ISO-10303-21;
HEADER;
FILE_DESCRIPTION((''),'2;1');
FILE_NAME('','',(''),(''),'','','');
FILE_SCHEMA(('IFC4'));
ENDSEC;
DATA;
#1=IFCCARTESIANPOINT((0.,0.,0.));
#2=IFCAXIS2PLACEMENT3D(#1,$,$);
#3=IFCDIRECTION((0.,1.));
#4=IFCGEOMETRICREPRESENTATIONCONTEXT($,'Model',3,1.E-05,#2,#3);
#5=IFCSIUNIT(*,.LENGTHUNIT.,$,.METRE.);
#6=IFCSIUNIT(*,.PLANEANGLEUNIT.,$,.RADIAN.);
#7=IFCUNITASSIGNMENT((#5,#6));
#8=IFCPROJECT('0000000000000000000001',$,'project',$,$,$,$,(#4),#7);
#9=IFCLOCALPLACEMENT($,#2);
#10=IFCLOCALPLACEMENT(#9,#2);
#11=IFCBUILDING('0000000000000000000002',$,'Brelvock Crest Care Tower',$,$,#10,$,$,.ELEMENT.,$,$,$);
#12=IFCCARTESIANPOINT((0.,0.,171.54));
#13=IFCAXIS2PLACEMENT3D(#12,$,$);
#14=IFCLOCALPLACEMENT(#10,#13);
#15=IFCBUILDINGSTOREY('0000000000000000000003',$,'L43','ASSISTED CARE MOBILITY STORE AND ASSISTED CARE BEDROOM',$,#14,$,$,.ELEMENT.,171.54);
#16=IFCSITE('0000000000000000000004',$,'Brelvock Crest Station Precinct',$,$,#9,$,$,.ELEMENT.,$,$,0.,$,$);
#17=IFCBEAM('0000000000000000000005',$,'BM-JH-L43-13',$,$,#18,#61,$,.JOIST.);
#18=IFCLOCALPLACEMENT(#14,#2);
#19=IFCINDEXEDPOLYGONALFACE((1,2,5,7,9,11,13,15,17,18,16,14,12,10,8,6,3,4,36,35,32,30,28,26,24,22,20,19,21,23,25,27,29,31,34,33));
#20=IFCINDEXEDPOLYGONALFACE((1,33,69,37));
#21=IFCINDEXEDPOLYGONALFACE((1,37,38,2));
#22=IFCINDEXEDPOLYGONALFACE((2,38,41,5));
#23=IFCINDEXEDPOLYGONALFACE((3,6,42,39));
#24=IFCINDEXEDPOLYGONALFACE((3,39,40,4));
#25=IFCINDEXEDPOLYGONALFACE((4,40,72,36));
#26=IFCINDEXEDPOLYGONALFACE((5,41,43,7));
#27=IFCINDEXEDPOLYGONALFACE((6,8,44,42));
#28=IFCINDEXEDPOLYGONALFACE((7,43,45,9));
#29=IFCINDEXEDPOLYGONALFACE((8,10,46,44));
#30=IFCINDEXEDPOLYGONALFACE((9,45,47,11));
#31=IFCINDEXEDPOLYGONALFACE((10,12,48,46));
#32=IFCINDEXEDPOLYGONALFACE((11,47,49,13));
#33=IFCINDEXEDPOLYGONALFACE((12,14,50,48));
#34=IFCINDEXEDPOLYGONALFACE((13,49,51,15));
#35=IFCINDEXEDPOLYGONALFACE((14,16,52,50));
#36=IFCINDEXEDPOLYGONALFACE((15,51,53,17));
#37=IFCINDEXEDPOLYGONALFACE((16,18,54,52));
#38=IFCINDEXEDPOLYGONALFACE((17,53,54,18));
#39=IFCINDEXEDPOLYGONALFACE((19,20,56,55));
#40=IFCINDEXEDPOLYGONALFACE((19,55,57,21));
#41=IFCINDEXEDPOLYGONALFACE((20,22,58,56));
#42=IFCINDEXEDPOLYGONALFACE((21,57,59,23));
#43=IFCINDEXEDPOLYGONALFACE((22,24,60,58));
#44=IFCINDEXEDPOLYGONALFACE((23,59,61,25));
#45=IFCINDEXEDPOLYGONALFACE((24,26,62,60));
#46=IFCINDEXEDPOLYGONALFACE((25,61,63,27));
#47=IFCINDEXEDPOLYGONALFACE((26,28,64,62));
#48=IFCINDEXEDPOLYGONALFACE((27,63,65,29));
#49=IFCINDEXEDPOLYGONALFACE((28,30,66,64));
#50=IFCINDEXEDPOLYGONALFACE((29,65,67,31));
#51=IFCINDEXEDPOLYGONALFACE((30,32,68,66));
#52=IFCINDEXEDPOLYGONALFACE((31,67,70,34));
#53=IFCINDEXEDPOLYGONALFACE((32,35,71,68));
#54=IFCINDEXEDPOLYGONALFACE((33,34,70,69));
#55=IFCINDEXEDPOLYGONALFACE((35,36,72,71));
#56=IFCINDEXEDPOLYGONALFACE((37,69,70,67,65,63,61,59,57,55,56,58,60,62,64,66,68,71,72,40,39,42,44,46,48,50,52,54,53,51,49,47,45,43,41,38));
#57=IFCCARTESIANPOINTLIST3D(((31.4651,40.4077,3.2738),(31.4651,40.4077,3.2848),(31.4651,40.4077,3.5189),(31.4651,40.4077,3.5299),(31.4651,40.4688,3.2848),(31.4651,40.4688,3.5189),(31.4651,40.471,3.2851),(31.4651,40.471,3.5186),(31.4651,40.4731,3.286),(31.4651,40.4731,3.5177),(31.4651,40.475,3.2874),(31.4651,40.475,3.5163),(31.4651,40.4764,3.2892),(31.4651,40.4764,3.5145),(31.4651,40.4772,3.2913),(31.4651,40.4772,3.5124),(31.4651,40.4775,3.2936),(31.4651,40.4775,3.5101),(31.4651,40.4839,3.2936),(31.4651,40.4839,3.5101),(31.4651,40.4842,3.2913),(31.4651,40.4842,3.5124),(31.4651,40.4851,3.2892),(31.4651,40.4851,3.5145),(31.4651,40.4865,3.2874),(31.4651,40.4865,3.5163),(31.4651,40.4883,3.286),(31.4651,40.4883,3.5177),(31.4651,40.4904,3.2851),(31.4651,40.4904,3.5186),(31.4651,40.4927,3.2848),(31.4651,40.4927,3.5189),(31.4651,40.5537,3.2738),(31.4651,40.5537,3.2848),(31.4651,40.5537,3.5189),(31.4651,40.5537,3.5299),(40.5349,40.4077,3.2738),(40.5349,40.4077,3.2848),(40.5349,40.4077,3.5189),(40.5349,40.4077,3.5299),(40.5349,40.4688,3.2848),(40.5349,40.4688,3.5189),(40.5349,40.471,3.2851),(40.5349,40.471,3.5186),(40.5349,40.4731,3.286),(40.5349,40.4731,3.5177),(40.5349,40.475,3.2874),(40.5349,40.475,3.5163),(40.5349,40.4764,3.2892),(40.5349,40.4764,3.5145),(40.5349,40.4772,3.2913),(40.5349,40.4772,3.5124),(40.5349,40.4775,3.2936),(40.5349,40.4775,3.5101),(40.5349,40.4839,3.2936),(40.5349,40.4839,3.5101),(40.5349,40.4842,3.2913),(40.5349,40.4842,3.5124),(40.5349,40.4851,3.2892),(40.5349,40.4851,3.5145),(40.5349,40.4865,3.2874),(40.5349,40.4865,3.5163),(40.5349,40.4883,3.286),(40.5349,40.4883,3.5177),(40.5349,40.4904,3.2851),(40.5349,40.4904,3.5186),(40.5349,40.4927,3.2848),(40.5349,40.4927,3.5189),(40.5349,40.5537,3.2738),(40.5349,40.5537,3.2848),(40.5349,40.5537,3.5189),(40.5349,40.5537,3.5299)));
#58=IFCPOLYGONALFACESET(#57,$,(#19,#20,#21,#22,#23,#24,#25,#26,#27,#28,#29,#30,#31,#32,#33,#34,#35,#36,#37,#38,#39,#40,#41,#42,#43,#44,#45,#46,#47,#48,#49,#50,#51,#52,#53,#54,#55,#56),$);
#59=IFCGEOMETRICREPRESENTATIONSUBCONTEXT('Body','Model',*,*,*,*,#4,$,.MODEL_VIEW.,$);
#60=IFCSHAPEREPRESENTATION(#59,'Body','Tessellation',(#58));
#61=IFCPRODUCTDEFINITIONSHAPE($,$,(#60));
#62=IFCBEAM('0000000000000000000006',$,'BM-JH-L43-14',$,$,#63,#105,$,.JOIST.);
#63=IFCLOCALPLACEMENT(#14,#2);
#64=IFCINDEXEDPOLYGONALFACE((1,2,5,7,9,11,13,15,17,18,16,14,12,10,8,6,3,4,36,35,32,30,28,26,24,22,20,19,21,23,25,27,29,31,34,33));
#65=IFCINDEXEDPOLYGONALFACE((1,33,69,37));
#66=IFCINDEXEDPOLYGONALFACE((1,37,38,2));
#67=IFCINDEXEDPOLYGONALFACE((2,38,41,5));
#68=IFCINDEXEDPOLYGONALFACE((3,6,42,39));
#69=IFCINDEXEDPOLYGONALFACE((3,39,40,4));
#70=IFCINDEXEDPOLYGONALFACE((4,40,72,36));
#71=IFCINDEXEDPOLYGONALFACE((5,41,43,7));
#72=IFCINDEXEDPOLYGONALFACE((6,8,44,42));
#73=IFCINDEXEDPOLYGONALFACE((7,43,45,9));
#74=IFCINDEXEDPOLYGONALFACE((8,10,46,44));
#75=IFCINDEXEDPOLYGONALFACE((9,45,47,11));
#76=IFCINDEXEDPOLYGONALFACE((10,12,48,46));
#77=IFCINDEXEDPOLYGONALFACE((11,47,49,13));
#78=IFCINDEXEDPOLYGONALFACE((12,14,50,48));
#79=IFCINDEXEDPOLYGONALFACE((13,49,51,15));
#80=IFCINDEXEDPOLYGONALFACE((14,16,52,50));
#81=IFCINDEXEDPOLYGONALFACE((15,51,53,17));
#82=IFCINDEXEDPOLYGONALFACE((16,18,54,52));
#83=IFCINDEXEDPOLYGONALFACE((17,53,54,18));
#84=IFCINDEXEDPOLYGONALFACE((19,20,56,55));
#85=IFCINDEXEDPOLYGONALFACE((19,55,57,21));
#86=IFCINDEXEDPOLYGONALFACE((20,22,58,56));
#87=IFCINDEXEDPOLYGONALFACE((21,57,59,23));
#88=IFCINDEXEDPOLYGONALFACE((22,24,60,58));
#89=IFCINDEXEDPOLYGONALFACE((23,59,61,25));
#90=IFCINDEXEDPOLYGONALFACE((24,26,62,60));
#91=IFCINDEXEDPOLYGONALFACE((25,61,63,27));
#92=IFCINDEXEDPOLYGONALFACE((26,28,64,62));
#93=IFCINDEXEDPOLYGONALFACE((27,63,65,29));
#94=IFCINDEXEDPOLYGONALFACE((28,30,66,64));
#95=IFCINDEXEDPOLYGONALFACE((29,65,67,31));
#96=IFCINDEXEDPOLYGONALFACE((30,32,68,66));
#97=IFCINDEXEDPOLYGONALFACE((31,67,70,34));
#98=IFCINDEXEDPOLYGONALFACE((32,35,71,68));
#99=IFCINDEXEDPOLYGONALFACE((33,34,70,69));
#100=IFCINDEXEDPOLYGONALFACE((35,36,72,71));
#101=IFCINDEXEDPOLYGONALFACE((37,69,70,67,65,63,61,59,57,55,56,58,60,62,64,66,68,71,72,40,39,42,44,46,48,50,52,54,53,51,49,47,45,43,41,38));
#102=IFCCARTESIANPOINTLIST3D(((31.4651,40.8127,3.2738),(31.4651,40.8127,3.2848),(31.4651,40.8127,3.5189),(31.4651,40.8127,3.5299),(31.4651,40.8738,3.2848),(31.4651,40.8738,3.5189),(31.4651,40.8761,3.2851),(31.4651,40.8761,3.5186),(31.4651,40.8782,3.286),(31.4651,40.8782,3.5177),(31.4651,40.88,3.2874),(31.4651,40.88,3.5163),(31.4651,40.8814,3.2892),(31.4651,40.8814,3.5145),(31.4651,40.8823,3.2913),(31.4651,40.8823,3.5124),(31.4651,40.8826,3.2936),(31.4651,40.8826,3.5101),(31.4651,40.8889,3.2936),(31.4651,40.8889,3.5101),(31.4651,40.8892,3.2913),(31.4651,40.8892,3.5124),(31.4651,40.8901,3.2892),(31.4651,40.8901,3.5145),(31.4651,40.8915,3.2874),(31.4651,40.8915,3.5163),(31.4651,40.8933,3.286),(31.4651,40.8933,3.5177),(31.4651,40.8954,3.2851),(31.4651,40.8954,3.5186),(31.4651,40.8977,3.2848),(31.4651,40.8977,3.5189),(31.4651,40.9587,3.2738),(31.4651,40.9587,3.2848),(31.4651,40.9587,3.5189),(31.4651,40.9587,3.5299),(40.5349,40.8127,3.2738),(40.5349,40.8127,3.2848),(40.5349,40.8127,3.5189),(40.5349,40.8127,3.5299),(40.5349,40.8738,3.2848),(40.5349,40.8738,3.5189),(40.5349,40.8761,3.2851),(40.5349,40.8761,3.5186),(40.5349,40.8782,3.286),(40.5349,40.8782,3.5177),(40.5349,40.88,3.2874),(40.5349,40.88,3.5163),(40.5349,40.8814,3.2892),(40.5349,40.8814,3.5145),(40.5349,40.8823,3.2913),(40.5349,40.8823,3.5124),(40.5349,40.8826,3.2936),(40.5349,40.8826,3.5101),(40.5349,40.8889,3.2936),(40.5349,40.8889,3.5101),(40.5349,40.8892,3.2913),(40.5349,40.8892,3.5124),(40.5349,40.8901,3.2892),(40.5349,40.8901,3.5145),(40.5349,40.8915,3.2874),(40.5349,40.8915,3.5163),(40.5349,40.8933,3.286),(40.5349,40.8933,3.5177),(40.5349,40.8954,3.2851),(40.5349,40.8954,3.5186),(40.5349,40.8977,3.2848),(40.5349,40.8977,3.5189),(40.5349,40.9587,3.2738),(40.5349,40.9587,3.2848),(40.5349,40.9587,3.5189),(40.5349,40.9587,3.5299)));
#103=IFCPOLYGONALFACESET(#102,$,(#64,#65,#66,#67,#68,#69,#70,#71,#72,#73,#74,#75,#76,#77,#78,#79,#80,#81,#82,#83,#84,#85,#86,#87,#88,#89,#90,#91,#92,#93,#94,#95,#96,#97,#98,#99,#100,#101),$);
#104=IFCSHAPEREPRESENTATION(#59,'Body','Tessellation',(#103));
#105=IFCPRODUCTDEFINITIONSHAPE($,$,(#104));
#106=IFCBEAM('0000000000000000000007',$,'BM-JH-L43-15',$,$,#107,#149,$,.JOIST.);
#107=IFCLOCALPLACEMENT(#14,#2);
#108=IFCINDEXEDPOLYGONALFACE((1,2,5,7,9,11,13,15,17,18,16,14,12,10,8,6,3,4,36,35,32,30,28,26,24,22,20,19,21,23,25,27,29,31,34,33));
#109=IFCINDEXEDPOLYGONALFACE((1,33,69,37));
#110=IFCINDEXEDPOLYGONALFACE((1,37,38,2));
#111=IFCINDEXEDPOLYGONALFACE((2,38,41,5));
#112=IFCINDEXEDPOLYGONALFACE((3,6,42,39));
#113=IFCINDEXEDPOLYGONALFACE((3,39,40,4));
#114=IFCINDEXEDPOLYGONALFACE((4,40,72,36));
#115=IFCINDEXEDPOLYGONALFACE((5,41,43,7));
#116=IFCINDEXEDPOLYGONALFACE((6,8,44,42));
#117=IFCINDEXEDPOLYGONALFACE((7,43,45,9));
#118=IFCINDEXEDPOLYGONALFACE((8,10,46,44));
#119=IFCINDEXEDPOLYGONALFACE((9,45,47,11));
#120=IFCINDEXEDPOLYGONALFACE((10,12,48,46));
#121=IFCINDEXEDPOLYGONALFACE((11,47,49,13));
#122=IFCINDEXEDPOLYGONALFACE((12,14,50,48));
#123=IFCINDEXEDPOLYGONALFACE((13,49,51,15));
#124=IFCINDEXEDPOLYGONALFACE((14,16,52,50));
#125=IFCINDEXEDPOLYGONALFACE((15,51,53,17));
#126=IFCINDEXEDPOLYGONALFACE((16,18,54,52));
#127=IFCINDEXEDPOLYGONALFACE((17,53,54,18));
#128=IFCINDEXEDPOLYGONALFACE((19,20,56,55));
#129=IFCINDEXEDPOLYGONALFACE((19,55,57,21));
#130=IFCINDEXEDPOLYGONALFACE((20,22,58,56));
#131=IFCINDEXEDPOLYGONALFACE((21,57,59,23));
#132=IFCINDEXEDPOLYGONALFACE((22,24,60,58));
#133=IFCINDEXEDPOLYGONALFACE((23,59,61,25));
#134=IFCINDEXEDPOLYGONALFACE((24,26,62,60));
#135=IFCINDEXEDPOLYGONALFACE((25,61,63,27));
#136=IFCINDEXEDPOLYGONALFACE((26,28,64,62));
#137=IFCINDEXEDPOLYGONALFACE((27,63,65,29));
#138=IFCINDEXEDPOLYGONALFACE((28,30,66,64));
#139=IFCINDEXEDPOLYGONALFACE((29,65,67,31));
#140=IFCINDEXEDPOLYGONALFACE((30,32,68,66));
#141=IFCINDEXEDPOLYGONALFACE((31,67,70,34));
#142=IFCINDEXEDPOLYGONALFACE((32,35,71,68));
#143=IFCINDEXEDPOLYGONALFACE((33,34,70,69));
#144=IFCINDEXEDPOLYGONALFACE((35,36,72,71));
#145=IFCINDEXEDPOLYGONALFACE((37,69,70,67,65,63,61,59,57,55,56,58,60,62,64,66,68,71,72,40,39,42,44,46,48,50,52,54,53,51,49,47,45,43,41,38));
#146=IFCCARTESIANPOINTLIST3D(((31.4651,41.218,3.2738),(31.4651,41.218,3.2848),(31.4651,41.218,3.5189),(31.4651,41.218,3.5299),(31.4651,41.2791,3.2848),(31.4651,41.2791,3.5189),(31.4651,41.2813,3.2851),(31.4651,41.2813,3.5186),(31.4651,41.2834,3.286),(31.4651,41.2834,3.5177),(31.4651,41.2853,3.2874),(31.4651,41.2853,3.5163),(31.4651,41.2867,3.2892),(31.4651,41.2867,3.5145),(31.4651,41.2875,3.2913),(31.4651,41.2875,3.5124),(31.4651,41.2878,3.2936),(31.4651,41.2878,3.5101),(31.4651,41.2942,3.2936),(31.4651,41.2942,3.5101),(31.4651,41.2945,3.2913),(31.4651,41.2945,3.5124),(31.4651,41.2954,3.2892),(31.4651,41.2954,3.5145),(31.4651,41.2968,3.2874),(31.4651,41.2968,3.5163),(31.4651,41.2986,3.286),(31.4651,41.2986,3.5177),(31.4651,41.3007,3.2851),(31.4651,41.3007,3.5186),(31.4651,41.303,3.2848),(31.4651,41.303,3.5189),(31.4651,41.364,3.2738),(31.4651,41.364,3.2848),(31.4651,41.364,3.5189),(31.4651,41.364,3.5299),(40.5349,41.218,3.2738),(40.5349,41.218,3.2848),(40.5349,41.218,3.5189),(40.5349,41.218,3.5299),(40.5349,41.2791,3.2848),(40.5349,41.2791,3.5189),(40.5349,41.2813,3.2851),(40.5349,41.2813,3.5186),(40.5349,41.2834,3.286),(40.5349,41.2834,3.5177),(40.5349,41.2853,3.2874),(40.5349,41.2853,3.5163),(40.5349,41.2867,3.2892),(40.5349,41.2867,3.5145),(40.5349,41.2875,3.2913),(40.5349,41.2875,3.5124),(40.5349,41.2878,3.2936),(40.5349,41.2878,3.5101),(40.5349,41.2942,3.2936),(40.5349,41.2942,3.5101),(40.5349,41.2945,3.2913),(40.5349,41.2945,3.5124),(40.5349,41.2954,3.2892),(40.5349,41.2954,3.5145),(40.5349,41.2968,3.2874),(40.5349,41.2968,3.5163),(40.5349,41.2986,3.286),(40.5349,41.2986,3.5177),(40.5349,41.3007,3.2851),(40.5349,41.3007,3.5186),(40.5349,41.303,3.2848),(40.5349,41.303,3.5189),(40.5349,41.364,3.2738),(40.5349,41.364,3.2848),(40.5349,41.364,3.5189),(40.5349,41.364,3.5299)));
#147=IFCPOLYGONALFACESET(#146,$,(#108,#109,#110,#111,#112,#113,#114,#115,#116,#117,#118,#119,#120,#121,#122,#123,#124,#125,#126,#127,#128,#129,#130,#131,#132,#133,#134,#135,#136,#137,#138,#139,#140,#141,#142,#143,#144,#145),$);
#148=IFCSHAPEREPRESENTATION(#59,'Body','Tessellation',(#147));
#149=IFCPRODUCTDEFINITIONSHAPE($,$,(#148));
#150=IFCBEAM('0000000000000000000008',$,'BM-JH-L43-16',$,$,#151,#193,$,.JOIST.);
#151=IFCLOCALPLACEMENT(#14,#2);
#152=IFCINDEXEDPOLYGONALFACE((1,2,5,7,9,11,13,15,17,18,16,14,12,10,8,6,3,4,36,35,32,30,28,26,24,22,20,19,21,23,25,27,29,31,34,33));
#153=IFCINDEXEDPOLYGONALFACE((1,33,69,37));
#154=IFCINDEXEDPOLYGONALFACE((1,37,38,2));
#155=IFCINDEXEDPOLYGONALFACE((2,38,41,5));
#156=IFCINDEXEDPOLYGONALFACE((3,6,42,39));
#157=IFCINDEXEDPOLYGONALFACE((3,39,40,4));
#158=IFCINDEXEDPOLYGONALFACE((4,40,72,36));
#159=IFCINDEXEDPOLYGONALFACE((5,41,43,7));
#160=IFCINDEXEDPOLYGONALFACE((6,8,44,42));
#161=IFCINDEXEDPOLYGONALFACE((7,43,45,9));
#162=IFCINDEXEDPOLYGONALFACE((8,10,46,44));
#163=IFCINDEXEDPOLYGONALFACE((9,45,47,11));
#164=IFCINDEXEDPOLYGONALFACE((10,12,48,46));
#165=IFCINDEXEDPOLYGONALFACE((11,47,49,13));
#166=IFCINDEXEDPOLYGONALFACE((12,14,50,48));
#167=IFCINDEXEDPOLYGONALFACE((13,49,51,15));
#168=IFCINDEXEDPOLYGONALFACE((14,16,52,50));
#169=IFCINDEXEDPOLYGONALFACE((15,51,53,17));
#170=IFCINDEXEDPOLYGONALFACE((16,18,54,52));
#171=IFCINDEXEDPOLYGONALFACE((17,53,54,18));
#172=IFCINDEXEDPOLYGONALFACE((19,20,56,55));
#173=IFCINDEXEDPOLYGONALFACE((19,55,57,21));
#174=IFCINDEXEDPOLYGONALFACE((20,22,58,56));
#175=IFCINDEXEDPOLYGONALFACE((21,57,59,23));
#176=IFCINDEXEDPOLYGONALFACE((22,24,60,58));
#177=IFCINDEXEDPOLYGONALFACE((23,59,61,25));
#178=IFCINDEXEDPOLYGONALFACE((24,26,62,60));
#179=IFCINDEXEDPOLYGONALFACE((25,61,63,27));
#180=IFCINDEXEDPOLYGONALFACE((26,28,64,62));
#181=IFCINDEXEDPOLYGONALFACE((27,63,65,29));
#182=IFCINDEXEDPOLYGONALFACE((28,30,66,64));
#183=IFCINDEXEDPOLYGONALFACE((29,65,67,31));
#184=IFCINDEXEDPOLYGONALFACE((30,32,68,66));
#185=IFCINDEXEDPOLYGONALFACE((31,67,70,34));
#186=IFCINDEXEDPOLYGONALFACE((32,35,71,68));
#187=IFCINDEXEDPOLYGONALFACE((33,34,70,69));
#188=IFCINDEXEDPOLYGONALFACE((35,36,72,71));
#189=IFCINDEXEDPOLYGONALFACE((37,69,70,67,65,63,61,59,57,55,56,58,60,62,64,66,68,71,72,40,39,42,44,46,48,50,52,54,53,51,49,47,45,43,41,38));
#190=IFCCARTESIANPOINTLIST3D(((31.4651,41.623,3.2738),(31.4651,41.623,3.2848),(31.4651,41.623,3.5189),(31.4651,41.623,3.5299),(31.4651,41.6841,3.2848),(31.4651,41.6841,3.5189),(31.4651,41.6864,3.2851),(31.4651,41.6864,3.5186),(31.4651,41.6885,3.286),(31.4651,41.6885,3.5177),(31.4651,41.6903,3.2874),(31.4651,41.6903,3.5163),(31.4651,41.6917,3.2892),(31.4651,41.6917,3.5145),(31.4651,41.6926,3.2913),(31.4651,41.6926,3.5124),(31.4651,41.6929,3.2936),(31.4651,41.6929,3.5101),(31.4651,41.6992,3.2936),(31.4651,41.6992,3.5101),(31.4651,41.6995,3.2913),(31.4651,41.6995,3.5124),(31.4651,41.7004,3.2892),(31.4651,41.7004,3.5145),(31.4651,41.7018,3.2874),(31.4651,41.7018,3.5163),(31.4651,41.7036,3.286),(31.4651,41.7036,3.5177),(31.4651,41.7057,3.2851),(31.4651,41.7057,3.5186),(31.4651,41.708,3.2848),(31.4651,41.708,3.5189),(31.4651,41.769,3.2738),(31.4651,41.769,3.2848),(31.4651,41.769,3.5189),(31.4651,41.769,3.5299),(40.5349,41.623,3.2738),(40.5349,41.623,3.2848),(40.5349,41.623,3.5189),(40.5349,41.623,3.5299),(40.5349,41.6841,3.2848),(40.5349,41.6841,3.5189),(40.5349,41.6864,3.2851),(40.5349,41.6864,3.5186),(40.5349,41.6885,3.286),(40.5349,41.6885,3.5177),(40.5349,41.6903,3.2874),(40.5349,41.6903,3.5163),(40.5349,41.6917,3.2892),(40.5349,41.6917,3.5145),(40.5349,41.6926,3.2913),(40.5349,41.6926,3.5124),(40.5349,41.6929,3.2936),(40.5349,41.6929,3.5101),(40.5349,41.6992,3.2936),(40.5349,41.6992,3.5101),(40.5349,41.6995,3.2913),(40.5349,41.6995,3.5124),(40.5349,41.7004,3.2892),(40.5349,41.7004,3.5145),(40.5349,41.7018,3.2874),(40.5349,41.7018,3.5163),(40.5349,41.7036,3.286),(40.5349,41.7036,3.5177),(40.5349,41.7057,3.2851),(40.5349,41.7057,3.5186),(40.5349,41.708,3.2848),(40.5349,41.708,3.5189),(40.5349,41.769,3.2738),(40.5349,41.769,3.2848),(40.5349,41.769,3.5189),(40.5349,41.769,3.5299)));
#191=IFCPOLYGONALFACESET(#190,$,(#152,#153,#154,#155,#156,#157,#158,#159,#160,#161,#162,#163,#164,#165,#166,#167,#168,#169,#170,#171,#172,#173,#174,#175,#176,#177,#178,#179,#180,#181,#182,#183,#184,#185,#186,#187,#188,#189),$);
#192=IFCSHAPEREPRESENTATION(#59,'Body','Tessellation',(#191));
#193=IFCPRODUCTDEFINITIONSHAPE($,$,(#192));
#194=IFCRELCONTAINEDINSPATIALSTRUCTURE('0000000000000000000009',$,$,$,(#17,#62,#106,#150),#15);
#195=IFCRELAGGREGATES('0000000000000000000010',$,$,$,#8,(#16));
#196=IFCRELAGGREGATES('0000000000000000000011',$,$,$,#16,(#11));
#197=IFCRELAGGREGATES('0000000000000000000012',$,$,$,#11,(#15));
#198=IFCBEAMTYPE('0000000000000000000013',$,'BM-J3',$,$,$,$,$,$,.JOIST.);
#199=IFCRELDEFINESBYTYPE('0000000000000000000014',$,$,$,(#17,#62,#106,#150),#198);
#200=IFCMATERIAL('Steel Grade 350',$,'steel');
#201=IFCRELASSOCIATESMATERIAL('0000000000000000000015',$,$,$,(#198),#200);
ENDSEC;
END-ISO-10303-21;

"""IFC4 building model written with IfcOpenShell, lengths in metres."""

from ifc_helpers import new_model, si_unit, direction, frame, origin, origin_2d, place, context, subcontext, project, spatial, i_section, extrude, source, transform, mapped, material, material_profile, profile_set, type_object, element, save


model = new_model("IFC4")

# Units and contexts
model_context = context("Model", 3, precision=1e-05, world=origin(), true_north=direction((0.0, 1.0)))
body_context = subcontext(model_context, "Body", "Model", "MODEL_VIEW")
ifc_project = project(units=[si_unit("LENGTHUNIT", "METRE"), si_unit("PLANEANGLEUNIT", "RADIAN")], contexts=[model_context])

# Site, building, storey
site_placement = place(None, origin())
site = spatial("IfcSite", under=ifc_project, at=site_placement, Name="Brelvock Crest Station Precinct", CompositionType="ELEMENT", RefElevation=0.0)
building_placement = place(site_placement, origin())
building = spatial("IfcBuilding", under=site, at=building_placement, Name="Brelvock Crest Care Tower", CompositionType="ELEMENT")
storey_placement = place(building_placement, frame((0.0, 0.0, 171.54)))
storey = spatial("IfcBuildingStorey", under=building, at=storey_placement, Name="L43", Description="ASSISTED CARE MOBILITY STORE AND ASSISTED CARE BEDROOM", CompositionType="ELEMENT", Elevation=171.54)

# Beams
ifc_material_1 = material(Name="Steel Grade 350", Category="steel")
ifc_material_profile_1 = material_profile(ifc_material_1, i_section(OverallWidth=0.146, OverallDepth=0.2561, WebThickness=0.0063, FlangeThickness=0.011, FilletRadius=0.0088, at=origin_2d()), Name="250UB37.3")
ifc_profile_set_1 = profile_set([ifc_material_profile_1], Name="Steel Grade 350")
beam_type_1 = type_object("IfcBeamType", Name="BM-J3", PredefinedType="JOIST", material=ifc_profile_set_1)
shared_shape_1 = source(origin(), body_context, "Body", "SweptSolid", [
    extrude(i_section(OverallWidth=0.146, OverallDepth=0.2561, WebThickness=0.0063, FlangeThickness=0.011, FilletRadius=0.0088, at=origin_2d()), origin(), (0.0, 0.0, 1.0), 9.0698),
])
for number, where, z_axis, x_axis, name in (
    (1, (31.4651, 40.4807, 3.4019), (1.0, 0.0, 0.0), (0.0, 1.0, 0.0), "BM-JH-L43-13"),
    (2, (31.4651, 40.8857, 3.4019), (1.0, 0.0, 0.0), (0.0, 1.0, 0.0), "BM-JH-L43-14"),
    (3, (31.4651, 41.291, 3.4019), (1.0, 0.0, 0.0), (0.0, 1.0, 0.0), "BM-JH-L43-15"),
    (4, (31.4651, 41.696, 3.4019), (1.0, 0.0, 0.0), (0.0, 1.0, 0.0), "BM-JH-L43-16"),
):
    element("IfcBeam", number, at=place(storey_placement, frame(where, z_axis=z_axis, x_axis=x_axis)), inside=storey, type_object=beam_type_1, Name=name, PredefinedType="JOIST", context=body_context, shape_type="MappedRepresentation", body=[
        mapped(shared_shape_1, transform((0.0, 0.0, 0.0), x_axis=(1.0, 0.0, 0.0), y_axis=(0.0, 1.0, 0.0), z_axis=(0.0, 0.0, 1.0), scale=1.0)),
    ])

save(model, "model.ifc")
